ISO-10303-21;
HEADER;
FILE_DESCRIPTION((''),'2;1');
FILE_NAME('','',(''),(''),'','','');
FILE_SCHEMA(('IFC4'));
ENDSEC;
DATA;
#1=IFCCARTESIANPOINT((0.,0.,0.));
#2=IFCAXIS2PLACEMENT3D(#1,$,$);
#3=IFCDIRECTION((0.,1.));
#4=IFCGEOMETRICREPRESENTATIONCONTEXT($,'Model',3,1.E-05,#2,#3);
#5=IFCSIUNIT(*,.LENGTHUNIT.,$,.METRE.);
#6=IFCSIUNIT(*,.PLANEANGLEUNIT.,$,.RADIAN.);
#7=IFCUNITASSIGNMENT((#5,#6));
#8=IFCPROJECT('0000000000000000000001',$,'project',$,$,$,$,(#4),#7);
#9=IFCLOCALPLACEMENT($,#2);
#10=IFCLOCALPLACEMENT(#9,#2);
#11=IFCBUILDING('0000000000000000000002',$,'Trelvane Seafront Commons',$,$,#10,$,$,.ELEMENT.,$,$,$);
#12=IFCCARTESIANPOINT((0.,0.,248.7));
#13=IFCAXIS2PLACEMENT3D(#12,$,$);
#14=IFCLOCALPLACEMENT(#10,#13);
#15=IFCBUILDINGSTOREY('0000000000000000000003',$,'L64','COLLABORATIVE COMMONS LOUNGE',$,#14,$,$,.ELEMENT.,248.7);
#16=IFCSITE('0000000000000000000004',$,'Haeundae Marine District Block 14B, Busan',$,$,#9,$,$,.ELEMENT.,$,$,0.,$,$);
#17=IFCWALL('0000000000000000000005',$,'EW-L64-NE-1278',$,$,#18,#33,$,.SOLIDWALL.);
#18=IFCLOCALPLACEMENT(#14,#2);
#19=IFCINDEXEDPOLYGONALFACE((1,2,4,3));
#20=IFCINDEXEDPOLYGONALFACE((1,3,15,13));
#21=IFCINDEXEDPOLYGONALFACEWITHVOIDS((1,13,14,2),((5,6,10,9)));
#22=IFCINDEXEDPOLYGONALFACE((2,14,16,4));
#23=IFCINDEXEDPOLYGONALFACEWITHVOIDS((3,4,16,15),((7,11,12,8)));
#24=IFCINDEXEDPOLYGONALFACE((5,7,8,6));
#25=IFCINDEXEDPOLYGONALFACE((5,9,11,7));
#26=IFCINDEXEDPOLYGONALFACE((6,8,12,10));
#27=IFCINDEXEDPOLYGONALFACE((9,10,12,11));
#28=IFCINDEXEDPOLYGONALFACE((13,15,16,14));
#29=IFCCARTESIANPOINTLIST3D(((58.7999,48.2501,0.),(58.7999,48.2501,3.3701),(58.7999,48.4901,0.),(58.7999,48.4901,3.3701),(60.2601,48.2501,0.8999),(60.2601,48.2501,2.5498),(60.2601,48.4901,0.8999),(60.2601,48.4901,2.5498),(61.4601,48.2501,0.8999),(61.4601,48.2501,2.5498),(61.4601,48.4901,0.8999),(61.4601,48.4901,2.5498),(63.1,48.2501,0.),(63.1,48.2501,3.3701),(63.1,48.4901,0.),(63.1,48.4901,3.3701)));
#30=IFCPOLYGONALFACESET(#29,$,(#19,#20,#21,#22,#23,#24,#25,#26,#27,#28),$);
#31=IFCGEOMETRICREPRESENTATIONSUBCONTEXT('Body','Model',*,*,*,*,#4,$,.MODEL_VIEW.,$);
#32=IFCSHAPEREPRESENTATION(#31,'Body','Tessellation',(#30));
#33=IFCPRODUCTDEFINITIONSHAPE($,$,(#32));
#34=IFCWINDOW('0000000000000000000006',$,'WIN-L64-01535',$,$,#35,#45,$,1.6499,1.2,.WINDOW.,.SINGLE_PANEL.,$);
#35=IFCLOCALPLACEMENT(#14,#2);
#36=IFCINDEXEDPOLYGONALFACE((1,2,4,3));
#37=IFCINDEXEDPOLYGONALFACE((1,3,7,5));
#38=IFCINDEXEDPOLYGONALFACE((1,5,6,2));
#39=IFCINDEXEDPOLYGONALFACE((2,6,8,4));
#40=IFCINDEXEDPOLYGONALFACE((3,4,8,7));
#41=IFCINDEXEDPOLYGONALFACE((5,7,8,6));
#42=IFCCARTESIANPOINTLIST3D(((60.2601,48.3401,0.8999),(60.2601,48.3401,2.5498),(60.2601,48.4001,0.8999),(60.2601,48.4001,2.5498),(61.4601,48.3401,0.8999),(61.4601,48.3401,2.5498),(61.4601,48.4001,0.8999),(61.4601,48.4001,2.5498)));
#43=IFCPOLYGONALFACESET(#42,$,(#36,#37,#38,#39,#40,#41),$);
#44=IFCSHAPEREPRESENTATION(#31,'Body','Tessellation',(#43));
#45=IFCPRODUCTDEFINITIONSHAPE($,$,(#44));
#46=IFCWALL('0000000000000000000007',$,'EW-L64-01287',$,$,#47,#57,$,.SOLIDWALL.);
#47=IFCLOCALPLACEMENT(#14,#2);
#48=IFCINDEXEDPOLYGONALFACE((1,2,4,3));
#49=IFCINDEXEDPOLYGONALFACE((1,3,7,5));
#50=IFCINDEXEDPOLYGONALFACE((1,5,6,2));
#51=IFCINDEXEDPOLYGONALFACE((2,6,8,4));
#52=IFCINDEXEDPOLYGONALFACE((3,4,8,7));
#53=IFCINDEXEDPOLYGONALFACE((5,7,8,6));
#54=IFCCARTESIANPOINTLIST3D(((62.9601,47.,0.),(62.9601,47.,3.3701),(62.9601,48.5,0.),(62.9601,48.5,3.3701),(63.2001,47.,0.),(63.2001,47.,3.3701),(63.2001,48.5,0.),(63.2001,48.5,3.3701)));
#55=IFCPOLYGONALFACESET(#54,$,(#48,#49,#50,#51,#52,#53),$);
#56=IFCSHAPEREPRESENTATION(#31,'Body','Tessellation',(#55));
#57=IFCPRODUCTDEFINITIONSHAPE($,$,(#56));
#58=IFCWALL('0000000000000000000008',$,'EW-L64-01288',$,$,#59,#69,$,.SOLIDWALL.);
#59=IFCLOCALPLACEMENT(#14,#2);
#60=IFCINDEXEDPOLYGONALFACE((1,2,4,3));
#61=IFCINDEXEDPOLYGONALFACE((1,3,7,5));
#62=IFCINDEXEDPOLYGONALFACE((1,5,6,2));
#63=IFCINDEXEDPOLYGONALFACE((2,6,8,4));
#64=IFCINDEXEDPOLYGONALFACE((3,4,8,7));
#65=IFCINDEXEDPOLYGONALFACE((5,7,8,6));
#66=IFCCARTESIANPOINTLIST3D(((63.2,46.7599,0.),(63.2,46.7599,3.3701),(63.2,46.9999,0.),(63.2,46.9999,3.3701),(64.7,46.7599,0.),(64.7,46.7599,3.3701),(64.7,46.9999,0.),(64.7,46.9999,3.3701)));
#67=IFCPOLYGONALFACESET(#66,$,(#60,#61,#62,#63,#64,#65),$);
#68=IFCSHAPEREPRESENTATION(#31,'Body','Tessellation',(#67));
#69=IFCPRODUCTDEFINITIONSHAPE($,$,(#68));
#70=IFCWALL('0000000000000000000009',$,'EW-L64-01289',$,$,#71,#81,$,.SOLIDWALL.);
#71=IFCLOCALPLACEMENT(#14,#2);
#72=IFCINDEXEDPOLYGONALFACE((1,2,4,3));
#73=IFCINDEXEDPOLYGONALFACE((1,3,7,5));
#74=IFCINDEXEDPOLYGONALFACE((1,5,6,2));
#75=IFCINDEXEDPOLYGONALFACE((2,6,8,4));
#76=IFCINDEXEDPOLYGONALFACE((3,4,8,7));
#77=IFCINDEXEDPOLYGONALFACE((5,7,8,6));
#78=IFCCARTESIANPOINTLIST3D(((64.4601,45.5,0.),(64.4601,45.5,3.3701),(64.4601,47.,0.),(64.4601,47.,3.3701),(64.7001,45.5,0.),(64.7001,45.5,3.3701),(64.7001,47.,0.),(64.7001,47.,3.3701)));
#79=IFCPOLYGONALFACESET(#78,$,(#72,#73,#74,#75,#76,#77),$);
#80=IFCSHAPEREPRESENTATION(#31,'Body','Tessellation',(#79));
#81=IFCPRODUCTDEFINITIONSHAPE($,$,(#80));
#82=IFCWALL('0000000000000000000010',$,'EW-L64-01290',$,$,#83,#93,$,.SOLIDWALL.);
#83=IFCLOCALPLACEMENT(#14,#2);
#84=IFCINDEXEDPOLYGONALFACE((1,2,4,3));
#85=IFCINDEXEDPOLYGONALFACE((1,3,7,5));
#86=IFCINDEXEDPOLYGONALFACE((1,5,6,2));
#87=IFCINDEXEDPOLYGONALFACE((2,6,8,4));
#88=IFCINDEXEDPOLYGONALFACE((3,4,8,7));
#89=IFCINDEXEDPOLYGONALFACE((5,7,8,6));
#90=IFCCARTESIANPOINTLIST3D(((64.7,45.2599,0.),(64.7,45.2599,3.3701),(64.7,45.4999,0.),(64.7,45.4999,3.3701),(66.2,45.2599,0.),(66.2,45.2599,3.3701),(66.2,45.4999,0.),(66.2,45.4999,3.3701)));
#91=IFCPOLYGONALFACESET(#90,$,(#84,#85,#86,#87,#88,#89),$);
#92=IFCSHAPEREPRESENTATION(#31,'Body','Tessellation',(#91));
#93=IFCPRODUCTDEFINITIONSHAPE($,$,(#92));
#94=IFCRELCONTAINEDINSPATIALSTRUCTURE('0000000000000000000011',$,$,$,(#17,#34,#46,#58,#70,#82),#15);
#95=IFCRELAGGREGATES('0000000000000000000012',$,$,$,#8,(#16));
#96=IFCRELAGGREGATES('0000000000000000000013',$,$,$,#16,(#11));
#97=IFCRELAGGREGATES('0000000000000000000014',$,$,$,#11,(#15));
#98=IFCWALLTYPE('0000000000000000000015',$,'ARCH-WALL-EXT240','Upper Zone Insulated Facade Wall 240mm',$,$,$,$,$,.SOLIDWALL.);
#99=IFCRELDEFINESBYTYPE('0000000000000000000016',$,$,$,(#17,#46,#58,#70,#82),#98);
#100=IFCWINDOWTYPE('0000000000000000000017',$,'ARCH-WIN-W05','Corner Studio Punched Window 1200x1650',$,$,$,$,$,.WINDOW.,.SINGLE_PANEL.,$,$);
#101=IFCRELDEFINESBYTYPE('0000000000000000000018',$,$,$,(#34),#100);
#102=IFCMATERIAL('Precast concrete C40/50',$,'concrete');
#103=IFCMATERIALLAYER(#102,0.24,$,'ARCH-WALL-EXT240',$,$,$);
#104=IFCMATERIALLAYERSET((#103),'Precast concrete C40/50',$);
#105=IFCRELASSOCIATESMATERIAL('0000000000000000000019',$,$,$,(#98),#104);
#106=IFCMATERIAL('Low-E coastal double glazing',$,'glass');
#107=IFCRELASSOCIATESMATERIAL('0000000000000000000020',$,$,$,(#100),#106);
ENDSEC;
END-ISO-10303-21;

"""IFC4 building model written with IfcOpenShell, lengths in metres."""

from ifc_helpers import new_model, si_unit, direction, frame, frame_2d, origin, place, context, subcontext, project, spatial, rectangle, extrude, source, transform, mapped, material, layer, layer_set, type_object, element, fill, save


model = new_model("IFC4")

# Units and contexts
model_context = context("Model", 3, precision=1e-05, world=origin(), true_north=direction((0.0, 1.0)))
body_context = subcontext(model_context, "Body", "Model", "MODEL_VIEW")
ifc_project = project(units=[si_unit("LENGTHUNIT", "METRE"), si_unit("PLANEANGLEUNIT", "RADIAN")], contexts=[model_context])

# Site, building, storey
site_placement = place(None, origin())
site = spatial("IfcSite", under=ifc_project, at=site_placement, Name="Haeundae Marine District Block 14B, Busan", CompositionType="ELEMENT", RefElevation=0.0)
building_placement = place(site_placement, origin())
building = spatial("IfcBuilding", under=site, at=building_placement, Name="Trelvane Seafront Commons", CompositionType="ELEMENT")
storey_placement = place(building_placement, frame((0.0, 0.0, 248.7)))
storey = spatial("IfcBuildingStorey", under=building, at=storey_placement, Name="L64", Description="COLLABORATIVE COMMONS LOUNGE", CompositionType="ELEMENT", Elevation=248.7)

# Shared definitions
ifc_material_1 = material(Name="Low-E coastal double glazing", Category="glass")

# Wall, opening, window
ifc_material_2 = material(Name="Precast concrete C40/50", Category="concrete")
ifc_layer_1 = layer(ifc_material_2, 0.24, Name="ARCH-WALL-EXT240")
ifc_layer_set_1 = layer_set([ifc_layer_1], Name="Precast concrete C40/50")
wall_type_1 = type_object("IfcWallType", Name="ARCH-WALL-EXT240", Description="Upper Zone Insulated Facade Wall 240mm", PredefinedType="SOLIDWALL", material=ifc_layer_set_1)
wall_1_placement = place(storey_placement, frame((58.8, 48.3701, 0.0), z_axis=(0.0, 0.0, 1.0), x_axis=(1.0, 0.0, 0.0)))
wall_1 = element("IfcWall", 1, at=wall_1_placement, inside=storey, type_object=wall_type_1, Name="EW-L64-NE-1278", PredefinedType="SOLIDWALL", context=body_context, shape_type="SweptSolid", body=[
    extrude(rectangle(XDim=4.3, YDim=0.24, at=frame_2d((2.1499, 0.0))), origin(), (0.0, 0.0, 1.0), 3.3701),
])
opening_1_placement = place(wall_1_placement, frame((1.46, 0.0, 0.8999)))
opening_1 = element("IfcOpeningElement", 2, at=opening_1_placement, cuts=wall_1, PredefinedType="OPENING", context=body_context, shape_type="SweptSolid", body=[
    extrude(rectangle(XDim=1.2, YDim=1.6499, at=frame_2d((0.6001, 0.825))), frame((0.0, 0.1299, 0.0), z_axis=(0.0, -1.0, 0.0), x_axis=(1.0, 0.0, 0.0)), (0.0, 0.0, 1.0), 0.26),
])
window_type_1 = type_object("IfcWindowType", Name="ARCH-WIN-W05", Description="Corner Studio Punched Window 1200x1650", PartitioningType="SINGLE_PANEL", PredefinedType="WINDOW", material=ifc_material_1)
shared_shape_1 = source(origin(), body_context, "Body", "SweptSolid", [
    extrude(rectangle(XDim=1.2, YDim=1.6499, at=frame_2d((0.6001, 0.825))), frame((0.0, 0.03, 0.0), z_axis=(0.0, -1.0, 0.0), x_axis=(1.0, 0.0, 0.0)), (0.0, 0.0, 1.0), 0.0601),
])
window_1_placement = place(opening_1_placement, origin())
window_1 = element("IfcWindow", 3, at=window_1_placement, inside=storey, type_object=window_type_1, Name="WIN-L64-01535", OverallHeight=1.6499, OverallWidth=1.2, PartitioningType="SINGLE_PANEL", PredefinedType="WINDOW", context=body_context, shape_type="MappedRepresentation", body=[
    mapped(shared_shape_1, transform((0.0, 0.0, 0.0), x_axis=(1.0, 0.0, 0.0), y_axis=(0.0, 1.0, 0.0), z_axis=(0.0, 0.0, 1.0), scale=1.0)),
])
fill(opening_1, window_1)

# Walls
for number, where, z_axis, x_axis, name in (
    (4, (63.0801, 48.5, 0.0), (0.0, 0.0, 1.0), (0.0, -1.0, 0.0), "EW-L64-01287"),
    (5, (63.2, 46.8799, 0.0), (0.0, 0.0, 1.0), (1.0, 0.0, 0.0), "EW-L64-01288"),
    (6, (64.5801, 47.0, 0.0), (0.0, 0.0, 1.0), (0.0, -1.0, 0.0), "EW-L64-01289"),
    (7, (64.7, 45.3799, 0.0), (0.0, 0.0, 1.0), (1.0, 0.0, 0.0), "EW-L64-01290"),
):
    element("IfcWall", number, at=place(storey_placement, frame(where, z_axis=z_axis, x_axis=x_axis)), inside=storey, type_object=wall_type_1, Name=name, PredefinedType="SOLIDWALL", context=body_context, shape_type="SweptSolid", body=[
        extrude(rectangle(XDim=1.5, YDim=0.24, at=frame_2d((0.75, 0.0))), origin(), (0.0, 0.0, 1.0), 3.3701),
    ])

save(model, "model.ifc")
